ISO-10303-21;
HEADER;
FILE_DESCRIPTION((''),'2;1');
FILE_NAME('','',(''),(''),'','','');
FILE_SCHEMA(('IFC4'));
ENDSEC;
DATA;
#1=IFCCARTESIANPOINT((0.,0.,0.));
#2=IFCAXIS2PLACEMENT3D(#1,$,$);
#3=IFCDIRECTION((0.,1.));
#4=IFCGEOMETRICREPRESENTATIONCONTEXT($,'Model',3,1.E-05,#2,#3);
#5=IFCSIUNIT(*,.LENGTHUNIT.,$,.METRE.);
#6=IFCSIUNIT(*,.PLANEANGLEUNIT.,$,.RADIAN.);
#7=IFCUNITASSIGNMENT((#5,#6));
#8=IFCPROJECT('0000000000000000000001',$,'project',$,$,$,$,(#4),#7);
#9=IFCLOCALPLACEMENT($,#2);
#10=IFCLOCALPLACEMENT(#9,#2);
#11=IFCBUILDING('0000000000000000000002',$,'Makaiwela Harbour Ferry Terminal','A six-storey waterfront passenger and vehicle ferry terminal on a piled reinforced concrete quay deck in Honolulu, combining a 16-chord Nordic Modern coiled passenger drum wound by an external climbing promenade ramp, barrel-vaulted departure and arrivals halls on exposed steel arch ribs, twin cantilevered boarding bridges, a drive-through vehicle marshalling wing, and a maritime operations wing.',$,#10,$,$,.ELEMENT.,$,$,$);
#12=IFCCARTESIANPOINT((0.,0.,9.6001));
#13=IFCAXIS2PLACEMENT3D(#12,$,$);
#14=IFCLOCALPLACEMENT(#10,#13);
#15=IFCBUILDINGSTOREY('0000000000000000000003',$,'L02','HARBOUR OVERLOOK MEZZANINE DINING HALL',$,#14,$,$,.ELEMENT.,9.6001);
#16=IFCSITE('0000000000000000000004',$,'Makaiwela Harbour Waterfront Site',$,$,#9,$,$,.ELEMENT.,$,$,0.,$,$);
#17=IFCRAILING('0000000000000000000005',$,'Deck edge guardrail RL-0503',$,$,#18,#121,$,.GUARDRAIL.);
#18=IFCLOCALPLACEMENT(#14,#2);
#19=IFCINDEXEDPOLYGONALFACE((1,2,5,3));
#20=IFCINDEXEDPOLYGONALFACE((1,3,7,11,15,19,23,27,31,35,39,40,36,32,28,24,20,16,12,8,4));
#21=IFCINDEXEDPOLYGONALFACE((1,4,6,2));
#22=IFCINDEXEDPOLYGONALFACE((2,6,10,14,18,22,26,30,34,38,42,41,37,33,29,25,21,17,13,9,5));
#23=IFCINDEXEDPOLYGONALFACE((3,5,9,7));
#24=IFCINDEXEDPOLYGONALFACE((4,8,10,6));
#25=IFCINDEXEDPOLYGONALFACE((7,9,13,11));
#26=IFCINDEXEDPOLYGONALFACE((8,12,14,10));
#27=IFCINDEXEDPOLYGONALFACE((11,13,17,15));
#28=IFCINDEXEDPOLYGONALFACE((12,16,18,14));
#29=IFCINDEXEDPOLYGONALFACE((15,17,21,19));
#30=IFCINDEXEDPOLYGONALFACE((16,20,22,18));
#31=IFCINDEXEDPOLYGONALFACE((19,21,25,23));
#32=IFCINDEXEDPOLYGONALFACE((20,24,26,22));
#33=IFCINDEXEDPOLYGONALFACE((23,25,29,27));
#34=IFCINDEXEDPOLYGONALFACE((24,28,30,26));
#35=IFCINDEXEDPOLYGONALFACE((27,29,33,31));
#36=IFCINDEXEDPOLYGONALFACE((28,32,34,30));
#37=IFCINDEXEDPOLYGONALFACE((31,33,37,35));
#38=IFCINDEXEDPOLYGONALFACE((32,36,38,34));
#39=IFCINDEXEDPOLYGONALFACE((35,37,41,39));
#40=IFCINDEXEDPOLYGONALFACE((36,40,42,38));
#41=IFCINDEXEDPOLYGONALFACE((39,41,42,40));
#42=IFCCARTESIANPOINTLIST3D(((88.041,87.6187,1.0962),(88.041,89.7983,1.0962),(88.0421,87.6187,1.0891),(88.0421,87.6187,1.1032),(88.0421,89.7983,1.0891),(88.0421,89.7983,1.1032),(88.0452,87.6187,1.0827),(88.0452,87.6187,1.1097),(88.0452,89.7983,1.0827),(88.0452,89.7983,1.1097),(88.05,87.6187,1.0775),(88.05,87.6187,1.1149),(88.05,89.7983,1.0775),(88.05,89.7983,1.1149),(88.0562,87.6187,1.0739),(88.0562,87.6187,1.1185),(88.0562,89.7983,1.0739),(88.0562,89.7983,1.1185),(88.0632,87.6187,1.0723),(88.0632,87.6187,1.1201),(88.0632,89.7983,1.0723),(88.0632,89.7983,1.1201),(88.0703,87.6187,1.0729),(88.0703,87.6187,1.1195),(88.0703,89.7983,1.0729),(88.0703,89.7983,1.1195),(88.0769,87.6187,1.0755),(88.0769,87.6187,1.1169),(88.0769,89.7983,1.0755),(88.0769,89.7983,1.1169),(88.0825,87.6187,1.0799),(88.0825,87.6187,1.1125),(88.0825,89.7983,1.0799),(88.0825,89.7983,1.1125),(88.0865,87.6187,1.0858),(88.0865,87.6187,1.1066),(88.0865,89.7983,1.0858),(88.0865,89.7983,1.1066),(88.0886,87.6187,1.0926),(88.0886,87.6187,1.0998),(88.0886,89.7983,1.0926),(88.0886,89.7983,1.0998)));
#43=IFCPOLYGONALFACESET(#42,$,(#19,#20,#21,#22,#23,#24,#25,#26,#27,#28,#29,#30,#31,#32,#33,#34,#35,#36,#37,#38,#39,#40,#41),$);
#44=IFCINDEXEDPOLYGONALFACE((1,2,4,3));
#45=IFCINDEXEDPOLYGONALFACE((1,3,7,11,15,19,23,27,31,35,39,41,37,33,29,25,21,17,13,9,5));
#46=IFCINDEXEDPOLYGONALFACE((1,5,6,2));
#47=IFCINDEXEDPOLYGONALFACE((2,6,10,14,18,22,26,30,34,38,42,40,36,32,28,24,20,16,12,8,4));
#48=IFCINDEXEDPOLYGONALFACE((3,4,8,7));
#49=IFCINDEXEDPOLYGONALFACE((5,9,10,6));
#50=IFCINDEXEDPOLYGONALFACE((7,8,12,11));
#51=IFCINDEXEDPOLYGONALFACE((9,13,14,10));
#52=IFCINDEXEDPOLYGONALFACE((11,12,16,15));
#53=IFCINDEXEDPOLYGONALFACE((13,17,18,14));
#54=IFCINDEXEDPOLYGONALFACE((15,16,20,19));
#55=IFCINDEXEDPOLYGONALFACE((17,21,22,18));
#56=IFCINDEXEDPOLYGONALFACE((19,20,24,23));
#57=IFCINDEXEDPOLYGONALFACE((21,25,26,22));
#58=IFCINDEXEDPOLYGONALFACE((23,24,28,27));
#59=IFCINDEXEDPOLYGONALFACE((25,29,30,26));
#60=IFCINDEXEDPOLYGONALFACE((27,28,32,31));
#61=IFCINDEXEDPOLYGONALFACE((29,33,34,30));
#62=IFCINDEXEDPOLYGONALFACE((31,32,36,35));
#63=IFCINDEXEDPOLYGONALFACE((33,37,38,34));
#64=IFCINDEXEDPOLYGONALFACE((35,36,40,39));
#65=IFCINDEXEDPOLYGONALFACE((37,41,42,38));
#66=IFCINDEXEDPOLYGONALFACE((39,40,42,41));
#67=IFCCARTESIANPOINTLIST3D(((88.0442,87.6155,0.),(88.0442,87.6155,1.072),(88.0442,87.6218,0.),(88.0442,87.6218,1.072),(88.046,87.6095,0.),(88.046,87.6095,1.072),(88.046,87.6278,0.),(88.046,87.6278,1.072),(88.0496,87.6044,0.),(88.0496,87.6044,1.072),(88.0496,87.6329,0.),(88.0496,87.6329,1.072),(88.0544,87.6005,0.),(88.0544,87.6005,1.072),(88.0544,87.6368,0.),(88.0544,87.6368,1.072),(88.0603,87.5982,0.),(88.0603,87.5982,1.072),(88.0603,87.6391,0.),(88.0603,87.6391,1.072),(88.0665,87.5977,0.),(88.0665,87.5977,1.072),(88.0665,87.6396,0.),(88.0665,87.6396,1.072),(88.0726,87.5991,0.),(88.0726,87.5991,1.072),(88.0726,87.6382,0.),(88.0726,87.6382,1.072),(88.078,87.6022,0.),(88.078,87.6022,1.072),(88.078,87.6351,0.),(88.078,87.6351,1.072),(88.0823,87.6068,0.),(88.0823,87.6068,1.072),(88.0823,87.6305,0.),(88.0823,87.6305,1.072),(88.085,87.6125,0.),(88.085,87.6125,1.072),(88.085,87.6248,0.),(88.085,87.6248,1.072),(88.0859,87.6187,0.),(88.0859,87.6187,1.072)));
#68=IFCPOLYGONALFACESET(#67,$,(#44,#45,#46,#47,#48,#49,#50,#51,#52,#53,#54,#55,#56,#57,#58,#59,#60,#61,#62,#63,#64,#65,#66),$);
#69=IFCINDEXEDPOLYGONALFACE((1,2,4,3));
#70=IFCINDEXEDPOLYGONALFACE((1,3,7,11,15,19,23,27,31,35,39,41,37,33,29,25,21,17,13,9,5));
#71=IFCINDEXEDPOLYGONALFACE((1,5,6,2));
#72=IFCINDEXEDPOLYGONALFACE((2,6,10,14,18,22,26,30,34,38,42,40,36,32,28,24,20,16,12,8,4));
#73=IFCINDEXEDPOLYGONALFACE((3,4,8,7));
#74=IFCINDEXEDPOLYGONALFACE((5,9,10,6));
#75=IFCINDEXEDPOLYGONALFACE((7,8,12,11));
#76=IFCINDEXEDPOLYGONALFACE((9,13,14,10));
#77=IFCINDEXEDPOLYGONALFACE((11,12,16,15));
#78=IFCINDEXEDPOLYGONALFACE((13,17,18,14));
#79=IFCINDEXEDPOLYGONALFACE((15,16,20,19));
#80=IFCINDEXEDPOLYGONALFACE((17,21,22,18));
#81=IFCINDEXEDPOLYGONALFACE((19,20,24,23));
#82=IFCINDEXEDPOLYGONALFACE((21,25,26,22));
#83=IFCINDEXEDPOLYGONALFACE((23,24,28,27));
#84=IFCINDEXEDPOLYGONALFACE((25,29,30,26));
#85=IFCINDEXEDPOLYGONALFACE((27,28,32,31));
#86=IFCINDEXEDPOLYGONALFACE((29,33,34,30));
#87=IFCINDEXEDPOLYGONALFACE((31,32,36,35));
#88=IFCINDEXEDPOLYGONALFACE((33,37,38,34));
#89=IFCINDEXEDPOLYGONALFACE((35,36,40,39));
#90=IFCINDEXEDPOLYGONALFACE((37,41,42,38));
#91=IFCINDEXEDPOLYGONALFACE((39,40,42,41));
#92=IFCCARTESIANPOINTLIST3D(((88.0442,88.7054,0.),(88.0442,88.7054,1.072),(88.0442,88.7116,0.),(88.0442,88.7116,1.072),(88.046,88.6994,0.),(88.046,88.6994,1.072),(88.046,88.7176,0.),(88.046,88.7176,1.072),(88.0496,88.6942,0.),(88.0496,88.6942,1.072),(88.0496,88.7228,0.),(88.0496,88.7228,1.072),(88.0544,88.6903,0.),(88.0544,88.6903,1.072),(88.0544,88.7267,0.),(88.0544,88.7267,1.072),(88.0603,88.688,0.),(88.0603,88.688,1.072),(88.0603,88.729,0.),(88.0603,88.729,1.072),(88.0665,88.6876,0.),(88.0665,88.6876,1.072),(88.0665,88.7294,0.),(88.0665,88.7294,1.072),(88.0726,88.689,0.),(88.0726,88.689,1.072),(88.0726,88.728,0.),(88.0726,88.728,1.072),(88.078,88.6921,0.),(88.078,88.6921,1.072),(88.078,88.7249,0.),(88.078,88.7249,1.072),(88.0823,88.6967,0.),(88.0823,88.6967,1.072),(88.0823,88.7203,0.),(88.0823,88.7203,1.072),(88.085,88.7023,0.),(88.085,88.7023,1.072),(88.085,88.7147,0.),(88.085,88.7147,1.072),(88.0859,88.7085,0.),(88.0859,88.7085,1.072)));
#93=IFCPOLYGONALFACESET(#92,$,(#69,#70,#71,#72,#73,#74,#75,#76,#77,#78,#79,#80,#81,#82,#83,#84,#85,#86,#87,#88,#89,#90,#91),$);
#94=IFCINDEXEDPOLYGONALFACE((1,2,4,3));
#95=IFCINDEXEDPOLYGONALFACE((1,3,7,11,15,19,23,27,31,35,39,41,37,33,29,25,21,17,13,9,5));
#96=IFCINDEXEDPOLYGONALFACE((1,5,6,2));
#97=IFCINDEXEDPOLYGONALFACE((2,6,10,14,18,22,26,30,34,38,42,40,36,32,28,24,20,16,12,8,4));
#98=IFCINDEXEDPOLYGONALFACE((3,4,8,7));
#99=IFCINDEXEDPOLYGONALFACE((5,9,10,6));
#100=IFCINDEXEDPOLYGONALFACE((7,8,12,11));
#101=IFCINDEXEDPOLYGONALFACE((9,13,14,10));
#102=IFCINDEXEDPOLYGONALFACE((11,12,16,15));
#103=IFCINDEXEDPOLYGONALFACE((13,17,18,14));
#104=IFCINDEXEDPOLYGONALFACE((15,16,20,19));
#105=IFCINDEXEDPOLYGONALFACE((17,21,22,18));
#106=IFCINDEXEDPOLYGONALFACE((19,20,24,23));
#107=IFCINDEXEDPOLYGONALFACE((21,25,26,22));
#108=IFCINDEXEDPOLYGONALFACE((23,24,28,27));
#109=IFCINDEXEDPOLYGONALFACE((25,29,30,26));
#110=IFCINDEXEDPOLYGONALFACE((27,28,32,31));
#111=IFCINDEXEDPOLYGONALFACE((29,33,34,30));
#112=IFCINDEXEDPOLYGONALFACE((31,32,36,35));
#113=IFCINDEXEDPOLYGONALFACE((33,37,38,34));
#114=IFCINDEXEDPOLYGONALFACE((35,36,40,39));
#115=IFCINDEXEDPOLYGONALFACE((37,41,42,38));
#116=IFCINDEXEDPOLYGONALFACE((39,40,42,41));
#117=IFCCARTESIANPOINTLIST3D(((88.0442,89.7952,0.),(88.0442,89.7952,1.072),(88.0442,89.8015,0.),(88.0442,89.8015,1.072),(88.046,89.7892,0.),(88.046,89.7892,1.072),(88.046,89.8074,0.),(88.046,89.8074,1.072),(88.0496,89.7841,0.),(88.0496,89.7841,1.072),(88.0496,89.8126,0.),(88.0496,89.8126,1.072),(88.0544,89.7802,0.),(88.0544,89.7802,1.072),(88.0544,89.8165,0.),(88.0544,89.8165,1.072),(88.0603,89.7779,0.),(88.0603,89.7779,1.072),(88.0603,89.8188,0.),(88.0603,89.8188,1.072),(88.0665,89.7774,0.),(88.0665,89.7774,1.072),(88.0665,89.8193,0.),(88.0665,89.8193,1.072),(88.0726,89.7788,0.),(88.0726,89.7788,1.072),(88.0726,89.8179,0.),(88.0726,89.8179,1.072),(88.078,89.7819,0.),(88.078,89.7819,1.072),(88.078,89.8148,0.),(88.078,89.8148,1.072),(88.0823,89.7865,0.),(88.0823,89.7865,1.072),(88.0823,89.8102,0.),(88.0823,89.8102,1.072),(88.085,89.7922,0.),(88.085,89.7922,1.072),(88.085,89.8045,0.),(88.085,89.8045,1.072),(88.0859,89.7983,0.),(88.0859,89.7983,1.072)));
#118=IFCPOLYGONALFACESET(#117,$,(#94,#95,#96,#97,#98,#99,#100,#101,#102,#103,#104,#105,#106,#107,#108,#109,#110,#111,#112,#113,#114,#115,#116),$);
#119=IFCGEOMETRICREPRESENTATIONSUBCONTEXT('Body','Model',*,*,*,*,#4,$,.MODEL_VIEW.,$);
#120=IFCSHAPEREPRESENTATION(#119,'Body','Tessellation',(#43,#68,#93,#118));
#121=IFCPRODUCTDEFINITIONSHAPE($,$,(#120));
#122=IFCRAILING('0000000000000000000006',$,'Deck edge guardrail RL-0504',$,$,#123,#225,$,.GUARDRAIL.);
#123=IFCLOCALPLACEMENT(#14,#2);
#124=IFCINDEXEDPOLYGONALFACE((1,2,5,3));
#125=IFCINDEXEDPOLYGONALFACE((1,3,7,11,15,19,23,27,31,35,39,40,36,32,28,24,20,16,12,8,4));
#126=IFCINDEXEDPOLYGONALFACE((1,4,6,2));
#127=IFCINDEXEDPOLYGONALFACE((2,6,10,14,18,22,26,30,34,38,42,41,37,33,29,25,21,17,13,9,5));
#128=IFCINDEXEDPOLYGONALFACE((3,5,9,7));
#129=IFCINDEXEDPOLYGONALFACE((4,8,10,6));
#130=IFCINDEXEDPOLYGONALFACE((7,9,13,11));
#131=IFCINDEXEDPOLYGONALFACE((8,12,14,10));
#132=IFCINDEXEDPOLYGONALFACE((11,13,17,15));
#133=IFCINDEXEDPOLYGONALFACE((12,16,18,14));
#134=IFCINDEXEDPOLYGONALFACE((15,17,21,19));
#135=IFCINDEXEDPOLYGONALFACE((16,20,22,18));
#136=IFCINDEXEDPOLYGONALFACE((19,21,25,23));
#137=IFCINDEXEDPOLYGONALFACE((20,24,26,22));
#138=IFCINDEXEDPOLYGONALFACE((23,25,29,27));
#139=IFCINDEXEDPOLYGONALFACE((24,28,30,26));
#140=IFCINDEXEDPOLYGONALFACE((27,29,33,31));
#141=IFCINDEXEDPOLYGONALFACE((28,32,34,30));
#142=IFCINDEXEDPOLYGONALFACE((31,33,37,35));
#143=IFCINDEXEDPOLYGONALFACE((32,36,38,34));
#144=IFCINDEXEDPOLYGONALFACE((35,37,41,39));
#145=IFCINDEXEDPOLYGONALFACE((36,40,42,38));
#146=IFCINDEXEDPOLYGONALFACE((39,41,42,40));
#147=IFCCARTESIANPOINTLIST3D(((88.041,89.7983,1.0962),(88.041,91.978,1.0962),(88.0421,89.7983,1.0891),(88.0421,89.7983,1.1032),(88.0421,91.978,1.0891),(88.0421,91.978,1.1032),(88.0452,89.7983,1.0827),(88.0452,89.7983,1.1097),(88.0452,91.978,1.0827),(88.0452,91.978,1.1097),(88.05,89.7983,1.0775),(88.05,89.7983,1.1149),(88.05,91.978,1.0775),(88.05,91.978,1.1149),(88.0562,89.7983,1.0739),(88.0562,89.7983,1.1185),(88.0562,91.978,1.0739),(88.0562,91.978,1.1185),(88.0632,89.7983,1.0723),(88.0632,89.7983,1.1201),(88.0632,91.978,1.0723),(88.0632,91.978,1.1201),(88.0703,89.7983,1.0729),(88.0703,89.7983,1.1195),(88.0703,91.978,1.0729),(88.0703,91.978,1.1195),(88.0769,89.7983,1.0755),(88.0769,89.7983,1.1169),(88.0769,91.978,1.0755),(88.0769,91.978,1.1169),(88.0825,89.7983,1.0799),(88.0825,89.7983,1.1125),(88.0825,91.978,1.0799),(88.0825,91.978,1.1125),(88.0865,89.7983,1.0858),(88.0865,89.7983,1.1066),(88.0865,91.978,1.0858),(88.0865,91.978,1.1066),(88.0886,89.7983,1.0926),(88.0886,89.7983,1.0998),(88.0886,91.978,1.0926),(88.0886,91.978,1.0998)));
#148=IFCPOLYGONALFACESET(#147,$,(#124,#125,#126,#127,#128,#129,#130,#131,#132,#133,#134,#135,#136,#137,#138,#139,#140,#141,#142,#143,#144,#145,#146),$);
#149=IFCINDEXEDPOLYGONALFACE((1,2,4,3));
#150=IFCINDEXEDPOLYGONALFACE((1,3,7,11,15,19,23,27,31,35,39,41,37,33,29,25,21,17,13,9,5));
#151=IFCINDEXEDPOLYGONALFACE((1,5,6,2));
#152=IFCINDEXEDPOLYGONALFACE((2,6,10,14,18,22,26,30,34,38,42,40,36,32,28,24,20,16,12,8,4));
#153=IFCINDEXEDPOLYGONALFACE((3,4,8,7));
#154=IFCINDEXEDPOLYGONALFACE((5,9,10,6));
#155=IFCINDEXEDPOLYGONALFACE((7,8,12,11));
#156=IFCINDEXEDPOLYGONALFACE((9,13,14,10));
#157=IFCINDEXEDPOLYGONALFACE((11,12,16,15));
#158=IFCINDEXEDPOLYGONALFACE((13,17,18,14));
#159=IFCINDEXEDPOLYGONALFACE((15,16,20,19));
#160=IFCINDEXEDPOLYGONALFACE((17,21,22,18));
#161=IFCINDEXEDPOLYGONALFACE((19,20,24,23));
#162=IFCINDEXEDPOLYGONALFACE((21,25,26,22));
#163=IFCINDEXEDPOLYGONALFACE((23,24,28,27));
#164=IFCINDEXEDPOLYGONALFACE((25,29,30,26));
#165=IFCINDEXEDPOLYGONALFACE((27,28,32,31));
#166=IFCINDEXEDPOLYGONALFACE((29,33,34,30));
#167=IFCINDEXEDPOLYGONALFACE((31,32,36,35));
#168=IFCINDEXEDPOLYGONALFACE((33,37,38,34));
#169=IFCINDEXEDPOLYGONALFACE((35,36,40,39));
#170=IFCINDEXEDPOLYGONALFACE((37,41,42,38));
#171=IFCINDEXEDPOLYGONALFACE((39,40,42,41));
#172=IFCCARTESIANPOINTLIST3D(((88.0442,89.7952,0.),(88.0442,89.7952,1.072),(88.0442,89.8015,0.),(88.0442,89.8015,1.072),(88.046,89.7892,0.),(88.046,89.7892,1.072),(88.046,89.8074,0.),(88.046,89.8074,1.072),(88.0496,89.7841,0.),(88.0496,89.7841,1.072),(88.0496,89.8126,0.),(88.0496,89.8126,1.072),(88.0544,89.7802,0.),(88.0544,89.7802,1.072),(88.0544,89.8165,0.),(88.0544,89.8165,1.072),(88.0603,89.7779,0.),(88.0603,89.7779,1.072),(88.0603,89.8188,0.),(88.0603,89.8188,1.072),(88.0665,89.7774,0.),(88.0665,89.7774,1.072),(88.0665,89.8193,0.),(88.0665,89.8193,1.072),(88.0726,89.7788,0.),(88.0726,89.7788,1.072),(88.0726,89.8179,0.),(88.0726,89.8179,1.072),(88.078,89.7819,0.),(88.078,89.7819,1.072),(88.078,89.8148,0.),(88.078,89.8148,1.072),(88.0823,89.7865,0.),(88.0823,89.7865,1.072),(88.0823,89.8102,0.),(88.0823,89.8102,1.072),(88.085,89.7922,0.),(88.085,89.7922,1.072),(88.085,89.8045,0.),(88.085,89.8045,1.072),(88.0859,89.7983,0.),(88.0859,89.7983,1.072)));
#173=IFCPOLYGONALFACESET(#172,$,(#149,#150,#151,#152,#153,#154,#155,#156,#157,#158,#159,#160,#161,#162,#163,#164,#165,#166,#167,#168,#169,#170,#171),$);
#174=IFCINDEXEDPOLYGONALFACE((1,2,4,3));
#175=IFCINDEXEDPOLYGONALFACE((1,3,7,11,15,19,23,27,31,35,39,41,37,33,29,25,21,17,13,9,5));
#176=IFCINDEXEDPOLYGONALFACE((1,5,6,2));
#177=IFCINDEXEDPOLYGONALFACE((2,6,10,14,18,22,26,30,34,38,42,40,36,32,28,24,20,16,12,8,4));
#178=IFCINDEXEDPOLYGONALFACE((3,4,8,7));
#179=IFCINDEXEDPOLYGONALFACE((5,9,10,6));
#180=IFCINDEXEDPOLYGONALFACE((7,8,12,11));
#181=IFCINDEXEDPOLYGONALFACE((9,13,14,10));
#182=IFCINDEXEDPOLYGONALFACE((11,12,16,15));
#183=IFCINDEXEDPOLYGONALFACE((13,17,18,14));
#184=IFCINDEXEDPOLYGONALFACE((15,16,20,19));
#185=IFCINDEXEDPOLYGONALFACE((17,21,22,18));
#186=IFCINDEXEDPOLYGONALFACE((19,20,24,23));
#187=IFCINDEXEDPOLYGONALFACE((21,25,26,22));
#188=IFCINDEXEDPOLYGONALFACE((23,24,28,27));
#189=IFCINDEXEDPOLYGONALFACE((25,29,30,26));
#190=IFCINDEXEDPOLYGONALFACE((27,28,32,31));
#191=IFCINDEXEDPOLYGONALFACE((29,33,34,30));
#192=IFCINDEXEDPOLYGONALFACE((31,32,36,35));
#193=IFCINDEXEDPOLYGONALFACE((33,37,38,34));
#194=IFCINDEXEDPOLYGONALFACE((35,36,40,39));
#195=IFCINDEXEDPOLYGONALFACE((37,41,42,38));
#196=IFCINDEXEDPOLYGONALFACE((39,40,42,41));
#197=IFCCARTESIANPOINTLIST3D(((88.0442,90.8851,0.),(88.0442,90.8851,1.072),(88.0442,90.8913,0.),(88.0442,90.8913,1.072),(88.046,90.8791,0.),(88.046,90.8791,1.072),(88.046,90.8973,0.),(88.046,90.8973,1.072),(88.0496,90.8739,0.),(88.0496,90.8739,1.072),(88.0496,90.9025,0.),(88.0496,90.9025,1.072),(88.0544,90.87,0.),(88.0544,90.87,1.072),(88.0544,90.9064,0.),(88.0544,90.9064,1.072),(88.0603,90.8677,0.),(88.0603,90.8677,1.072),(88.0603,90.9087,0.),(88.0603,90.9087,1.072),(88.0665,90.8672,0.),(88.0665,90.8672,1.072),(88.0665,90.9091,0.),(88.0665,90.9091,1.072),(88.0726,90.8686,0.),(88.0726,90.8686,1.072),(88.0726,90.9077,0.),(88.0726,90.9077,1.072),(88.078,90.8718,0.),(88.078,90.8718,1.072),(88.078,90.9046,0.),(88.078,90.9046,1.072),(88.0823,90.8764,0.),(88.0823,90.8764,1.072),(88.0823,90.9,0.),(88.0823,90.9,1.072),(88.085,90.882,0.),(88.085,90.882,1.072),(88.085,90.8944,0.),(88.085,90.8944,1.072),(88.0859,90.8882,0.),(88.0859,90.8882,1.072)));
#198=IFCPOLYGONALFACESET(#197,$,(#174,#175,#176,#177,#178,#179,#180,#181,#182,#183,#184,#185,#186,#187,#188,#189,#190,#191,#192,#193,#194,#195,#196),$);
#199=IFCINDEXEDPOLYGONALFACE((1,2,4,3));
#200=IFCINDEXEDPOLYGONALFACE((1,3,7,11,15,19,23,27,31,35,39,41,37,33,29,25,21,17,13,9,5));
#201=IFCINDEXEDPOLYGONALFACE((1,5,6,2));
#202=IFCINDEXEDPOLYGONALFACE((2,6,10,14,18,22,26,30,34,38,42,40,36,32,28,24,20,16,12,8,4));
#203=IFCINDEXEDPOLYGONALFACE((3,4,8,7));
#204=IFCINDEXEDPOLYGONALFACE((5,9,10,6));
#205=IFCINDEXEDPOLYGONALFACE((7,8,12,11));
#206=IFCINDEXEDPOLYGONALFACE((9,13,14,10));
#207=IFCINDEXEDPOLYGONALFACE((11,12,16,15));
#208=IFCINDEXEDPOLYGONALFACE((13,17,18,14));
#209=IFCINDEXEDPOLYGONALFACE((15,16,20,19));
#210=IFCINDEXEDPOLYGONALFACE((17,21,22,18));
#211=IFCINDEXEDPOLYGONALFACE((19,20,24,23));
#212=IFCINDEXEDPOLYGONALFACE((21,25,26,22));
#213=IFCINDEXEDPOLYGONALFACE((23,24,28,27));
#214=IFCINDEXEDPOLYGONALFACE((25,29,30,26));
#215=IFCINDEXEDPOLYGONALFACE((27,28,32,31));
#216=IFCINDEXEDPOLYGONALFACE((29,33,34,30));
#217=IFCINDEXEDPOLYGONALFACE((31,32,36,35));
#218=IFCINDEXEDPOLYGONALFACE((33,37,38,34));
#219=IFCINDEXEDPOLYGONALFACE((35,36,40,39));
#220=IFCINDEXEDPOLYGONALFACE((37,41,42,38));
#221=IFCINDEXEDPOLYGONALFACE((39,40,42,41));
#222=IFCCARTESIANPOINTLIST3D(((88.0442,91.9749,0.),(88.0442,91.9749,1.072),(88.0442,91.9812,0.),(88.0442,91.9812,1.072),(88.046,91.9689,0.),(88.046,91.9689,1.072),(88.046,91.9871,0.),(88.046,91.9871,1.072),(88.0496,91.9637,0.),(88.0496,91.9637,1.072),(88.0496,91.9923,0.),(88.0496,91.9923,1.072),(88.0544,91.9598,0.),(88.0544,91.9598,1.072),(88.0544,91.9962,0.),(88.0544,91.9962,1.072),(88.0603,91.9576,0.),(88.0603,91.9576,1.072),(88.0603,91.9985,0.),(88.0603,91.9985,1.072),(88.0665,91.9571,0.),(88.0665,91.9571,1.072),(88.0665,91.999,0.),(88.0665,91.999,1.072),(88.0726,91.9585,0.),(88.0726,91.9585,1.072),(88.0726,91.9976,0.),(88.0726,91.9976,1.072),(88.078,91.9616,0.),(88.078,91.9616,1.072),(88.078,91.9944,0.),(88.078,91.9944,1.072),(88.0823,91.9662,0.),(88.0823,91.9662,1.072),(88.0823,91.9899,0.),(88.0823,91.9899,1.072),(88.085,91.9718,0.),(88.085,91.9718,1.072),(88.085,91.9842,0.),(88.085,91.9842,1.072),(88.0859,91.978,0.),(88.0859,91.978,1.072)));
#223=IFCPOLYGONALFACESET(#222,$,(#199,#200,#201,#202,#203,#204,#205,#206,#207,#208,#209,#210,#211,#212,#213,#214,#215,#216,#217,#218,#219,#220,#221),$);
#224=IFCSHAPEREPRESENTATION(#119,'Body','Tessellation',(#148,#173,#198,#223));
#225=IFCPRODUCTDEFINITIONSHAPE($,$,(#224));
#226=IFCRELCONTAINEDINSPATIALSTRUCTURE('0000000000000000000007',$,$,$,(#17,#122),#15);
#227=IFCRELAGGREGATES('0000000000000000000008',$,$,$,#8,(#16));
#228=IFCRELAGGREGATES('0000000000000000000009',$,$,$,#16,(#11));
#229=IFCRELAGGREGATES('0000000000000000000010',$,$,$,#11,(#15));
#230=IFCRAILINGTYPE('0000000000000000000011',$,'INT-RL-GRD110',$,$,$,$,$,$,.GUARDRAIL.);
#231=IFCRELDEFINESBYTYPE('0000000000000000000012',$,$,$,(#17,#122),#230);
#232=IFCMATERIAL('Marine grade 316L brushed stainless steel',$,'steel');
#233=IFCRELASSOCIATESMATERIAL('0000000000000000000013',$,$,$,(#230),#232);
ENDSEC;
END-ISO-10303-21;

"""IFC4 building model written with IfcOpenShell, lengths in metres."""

from ifc_helpers import new_model, si_unit, direction, frame, origin, origin_2d, place, context, subcontext, project, spatial, circle, extrude, material, type_object, element, save


model = new_model("IFC4")

# Units and contexts
model_context = context("Model", 3, precision=1e-05, world=origin(), true_north=direction((0.0, 1.0)))
body_context = subcontext(model_context, "Body", "Model", "MODEL_VIEW")
ifc_project = project(units=[si_unit("LENGTHUNIT", "METRE"), si_unit("PLANEANGLEUNIT", "RADIAN")], contexts=[model_context])

# Site, building, storey
site_placement = place(None, origin())
site = spatial("IfcSite", under=ifc_project, at=site_placement, Name="Makaiwela Harbour Waterfront Site", CompositionType="ELEMENT", RefElevation=0.0)
building_placement = place(site_placement, origin())
building = spatial("IfcBuilding", under=site, at=building_placement, Name="Makaiwela Harbour Ferry Terminal", Description="A six-storey waterfront passenger and vehicle ferry terminal on a piled reinforced concrete quay deck in Honolulu, combining a 16-chord Nordic Modern coiled passenger drum wound by an external climbing promenade ramp, barrel-vaulted departure and arrivals halls on exposed steel arch ribs, twin cantilevered boarding bridges, a drive-through vehicle marshalling wing, and a maritime operations wing.", CompositionType="ELEMENT")
storey_placement = place(building_placement, frame((0.0, 0.0, 9.6001)))
storey = spatial("IfcBuildingStorey", under=building, at=storey_placement, Name="L02", Description="HARBOUR OVERLOOK MEZZANINE DINING HALL", CompositionType="ELEMENT", Elevation=9.6001)

# Railings
ifc_material_1 = material(Name="Marine grade 316L brushed stainless steel", Category="steel")
railing_type = type_object("IfcRailingType", Name="INT-RL-GRD110", PredefinedType="GUARDRAIL", material=ifc_material_1)
for number, where, name in (
    (1, (88.0649, 87.6187, 0.0), "Deck edge guardrail RL-0503"),
    (2, (88.0649, 89.7983, 0.0), "Deck edge guardrail RL-0504"),
):
    element("IfcRailing", number, at=place(storey_placement, frame(where)), inside=storey, type_object=railing_type, Name=name, PredefinedType="GUARDRAIL", context=body_context, shape_type="SweptSolid", body=[
        extrude(circle(Radius=0.0239, at=origin_2d()), frame((0.0, 0.0, 1.0962), z_axis=(0.0, 1.0, 0.0), x_axis=(-1.0, 0.0, 0.0)), (0.0, 0.0, 1.0), 2.1797),
        extrude(circle(Radius=0.021, at=origin_2d()), origin(), (0.0, 0.0, 1.0), 1.072),
        extrude(circle(Radius=0.021, at=origin_2d()), frame((0.0, 1.0898, 0.0)), (0.0, 0.0, 1.0), 1.072),
        extrude(circle(Radius=0.021, at=origin_2d()), frame((0.0, 2.1797, 0.0)), (0.0, 0.0, 1.0), 1.072),
    ])

save(model, "model.ifc")
